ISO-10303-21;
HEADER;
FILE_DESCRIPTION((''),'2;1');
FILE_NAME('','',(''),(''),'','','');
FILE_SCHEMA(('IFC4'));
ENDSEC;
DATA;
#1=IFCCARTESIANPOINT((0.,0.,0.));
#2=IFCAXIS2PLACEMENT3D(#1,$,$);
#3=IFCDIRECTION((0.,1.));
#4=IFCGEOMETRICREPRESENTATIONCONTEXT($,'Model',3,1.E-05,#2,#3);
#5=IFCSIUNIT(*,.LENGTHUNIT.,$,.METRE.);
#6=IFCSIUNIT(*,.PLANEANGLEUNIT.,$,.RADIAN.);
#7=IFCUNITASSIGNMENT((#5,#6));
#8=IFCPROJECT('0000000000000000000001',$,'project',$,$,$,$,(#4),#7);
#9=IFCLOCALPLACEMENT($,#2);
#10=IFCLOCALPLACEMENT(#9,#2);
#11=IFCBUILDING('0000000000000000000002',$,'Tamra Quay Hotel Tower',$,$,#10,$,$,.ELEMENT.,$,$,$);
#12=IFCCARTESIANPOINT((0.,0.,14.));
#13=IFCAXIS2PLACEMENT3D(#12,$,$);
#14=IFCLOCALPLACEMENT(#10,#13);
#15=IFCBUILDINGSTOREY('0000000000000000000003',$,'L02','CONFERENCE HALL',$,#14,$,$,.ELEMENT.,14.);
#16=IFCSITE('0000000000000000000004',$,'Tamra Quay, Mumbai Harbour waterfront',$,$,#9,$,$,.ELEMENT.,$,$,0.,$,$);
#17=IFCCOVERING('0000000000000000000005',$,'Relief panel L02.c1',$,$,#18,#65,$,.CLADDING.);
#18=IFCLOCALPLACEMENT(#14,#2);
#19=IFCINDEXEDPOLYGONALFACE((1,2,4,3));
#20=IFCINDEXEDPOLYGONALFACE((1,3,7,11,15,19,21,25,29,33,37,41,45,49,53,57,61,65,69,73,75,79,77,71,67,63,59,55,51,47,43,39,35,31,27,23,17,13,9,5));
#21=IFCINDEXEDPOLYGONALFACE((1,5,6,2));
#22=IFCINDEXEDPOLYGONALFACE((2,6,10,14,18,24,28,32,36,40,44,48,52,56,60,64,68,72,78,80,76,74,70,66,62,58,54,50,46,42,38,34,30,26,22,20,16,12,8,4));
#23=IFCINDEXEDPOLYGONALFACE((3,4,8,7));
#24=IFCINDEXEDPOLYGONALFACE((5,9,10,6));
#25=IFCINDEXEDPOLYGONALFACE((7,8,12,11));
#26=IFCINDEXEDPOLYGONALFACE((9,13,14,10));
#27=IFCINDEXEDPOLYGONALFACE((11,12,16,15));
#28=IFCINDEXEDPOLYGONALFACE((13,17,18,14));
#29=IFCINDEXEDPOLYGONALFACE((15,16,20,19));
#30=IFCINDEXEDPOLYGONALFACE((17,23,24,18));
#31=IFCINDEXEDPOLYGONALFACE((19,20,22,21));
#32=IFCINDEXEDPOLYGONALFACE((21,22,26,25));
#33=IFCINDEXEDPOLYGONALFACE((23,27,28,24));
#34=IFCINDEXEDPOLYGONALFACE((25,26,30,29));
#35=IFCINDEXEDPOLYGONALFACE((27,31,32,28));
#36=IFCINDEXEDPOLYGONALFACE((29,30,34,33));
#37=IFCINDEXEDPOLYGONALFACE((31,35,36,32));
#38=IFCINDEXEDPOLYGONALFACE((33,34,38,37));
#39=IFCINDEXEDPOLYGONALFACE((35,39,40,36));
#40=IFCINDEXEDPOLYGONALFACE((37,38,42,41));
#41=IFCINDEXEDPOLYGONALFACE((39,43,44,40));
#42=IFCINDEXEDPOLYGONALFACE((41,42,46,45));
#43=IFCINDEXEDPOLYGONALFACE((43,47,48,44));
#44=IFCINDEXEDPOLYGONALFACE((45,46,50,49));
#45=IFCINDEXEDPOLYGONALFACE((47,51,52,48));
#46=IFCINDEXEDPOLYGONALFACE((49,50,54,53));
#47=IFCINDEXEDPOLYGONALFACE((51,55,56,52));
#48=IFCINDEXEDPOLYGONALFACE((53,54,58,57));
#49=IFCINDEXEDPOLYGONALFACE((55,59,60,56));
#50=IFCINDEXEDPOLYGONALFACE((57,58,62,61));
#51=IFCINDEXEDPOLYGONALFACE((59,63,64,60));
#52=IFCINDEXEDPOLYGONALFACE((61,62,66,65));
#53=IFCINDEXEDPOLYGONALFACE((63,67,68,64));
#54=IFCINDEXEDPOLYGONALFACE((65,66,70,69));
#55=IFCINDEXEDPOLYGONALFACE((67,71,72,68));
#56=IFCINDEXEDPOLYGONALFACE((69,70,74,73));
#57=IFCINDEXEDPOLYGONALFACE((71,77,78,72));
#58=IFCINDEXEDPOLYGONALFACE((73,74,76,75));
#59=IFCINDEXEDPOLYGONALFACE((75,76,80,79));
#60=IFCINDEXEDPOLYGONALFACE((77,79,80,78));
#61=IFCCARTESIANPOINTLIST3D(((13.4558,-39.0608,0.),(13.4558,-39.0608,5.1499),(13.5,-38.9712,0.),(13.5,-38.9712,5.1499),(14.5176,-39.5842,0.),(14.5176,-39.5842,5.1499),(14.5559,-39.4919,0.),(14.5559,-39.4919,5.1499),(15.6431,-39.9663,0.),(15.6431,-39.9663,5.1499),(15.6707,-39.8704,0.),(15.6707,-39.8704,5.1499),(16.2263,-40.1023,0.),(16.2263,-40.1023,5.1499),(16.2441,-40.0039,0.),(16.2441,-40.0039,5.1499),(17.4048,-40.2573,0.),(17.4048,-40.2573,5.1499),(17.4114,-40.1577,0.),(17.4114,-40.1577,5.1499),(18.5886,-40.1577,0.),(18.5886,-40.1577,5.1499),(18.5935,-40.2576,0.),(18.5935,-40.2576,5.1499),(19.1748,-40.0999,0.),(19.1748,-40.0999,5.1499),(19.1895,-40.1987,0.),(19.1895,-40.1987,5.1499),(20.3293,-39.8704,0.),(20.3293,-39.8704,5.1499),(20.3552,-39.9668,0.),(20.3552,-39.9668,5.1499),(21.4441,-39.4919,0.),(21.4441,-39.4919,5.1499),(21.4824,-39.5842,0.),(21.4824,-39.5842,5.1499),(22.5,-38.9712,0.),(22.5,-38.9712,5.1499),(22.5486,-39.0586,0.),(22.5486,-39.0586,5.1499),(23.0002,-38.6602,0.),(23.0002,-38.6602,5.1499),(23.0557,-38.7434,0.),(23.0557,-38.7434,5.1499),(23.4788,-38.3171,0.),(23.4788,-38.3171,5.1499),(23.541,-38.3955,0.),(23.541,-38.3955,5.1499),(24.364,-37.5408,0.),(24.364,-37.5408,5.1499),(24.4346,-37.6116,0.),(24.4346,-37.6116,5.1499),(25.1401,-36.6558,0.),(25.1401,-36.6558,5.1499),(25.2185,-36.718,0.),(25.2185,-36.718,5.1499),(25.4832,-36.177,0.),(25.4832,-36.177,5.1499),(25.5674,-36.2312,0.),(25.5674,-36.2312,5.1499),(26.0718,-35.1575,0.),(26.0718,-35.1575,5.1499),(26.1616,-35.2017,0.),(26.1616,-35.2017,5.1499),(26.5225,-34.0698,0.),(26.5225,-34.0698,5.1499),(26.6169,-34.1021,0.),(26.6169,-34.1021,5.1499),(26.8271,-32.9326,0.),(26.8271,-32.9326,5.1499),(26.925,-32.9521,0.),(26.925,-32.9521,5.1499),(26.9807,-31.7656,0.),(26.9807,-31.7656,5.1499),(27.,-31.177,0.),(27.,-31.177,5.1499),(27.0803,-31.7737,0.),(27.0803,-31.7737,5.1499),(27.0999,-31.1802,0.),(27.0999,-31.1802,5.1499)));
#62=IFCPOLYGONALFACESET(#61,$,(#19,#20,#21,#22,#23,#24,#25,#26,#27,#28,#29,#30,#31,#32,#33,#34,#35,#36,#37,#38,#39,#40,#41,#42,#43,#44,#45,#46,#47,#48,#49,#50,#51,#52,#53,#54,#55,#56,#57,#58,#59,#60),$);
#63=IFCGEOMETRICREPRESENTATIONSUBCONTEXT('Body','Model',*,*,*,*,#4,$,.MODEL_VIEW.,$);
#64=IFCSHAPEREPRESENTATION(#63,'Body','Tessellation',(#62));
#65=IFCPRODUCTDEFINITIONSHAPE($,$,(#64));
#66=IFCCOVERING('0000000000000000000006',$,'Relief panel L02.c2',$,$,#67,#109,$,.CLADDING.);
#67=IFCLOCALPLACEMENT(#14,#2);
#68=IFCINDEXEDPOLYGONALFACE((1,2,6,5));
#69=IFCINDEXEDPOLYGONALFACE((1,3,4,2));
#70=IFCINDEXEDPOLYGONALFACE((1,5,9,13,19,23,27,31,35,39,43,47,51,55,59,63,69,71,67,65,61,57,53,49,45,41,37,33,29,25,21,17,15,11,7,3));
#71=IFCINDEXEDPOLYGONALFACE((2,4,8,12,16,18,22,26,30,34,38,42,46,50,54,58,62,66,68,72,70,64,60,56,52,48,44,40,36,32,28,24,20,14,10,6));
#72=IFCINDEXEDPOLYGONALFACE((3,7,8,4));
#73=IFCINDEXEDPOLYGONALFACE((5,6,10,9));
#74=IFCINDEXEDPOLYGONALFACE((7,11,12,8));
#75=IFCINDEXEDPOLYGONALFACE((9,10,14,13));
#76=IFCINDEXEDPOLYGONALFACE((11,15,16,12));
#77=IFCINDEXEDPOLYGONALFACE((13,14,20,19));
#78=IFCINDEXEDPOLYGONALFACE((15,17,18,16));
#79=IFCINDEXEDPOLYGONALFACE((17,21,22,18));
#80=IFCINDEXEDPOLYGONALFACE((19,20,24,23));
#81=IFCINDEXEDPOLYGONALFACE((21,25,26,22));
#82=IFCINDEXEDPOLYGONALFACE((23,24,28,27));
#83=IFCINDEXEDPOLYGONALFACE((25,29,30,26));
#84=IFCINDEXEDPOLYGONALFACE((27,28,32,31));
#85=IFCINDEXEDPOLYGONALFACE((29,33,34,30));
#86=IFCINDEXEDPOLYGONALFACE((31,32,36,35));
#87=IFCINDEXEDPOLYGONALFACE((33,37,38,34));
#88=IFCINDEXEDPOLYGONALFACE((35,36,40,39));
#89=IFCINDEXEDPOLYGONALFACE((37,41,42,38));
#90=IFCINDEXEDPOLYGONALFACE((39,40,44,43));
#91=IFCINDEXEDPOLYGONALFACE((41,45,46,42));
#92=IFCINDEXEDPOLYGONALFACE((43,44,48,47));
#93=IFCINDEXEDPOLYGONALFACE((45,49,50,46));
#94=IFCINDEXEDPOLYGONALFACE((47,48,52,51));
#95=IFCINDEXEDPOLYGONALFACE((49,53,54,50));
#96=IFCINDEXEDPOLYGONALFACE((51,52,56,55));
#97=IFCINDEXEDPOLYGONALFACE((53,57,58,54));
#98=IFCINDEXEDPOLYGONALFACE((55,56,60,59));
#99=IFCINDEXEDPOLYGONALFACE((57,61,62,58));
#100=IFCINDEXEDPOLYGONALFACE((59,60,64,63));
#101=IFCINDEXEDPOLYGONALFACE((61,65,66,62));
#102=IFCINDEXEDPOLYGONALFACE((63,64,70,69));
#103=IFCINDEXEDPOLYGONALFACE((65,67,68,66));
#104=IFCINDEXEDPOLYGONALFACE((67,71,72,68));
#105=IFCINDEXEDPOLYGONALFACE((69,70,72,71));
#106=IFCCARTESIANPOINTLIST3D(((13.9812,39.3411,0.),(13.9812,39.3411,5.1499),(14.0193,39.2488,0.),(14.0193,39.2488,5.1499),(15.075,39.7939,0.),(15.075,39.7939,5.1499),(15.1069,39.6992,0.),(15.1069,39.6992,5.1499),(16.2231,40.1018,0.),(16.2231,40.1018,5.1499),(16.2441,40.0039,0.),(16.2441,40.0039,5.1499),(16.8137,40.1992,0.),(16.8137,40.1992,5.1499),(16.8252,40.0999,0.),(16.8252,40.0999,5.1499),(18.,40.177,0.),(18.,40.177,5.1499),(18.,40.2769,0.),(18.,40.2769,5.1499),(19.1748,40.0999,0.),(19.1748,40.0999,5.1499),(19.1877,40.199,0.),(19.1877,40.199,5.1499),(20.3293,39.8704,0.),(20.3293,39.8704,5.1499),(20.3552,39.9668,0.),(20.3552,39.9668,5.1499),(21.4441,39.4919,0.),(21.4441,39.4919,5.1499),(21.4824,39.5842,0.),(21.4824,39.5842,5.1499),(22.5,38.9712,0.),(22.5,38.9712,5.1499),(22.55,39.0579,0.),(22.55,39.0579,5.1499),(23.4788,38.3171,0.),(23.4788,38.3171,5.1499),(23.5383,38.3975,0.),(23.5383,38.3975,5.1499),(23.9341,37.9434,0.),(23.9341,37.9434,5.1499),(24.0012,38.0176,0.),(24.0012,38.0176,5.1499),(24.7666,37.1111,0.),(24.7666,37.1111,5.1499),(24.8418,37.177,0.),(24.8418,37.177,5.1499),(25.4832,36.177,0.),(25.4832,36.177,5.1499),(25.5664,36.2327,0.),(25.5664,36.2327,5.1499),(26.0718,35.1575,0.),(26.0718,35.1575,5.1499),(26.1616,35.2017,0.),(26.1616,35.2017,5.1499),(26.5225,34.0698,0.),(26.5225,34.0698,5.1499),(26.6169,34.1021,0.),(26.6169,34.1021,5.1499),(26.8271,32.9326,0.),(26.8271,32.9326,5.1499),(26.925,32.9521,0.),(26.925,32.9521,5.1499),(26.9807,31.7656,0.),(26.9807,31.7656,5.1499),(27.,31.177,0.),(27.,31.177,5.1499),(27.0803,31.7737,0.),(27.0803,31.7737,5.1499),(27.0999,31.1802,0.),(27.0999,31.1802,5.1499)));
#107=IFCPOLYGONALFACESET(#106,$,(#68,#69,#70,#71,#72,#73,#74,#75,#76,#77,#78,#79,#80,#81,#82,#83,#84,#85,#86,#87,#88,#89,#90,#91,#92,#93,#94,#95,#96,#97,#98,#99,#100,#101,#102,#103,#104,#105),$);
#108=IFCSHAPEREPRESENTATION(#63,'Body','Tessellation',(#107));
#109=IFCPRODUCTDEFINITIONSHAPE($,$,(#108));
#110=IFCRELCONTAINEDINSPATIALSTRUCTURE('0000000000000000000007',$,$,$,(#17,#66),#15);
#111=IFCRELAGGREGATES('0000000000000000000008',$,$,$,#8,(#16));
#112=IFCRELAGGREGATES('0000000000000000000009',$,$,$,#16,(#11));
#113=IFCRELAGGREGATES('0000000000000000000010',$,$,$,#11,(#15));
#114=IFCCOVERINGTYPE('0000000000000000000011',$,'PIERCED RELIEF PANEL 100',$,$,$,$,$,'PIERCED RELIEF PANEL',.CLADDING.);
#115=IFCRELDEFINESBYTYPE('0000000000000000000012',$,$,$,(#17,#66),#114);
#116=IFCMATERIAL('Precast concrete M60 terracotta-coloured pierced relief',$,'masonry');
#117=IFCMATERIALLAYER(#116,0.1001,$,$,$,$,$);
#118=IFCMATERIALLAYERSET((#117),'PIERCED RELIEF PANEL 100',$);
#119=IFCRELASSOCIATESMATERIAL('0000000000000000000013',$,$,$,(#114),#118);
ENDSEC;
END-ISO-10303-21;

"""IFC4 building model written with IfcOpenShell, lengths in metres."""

from ifc_helpers import new_model, si_unit, direction, frame, origin, place, context, subcontext, project, spatial, polyline, outline, extrude, material, layer, layer_set, type_object, element, save


model = new_model("IFC4")

# Units and contexts
model_context = context("Model", 3, precision=1e-05, world=origin(), true_north=direction((0.0, 1.0)))
body_context = subcontext(model_context, "Body", "Model", "MODEL_VIEW")
ifc_project = project(units=[si_unit("LENGTHUNIT", "METRE"), si_unit("PLANEANGLEUNIT", "RADIAN")], contexts=[model_context])

# Site, building, storey
site_placement = place(None, origin())
site = spatial("IfcSite", under=ifc_project, at=site_placement, Name="Tamra Quay, Mumbai Harbour waterfront", CompositionType="ELEMENT", RefElevation=0.0)
building_placement = place(site_placement, origin())
building = spatial("IfcBuilding", under=site, at=building_placement, Name="Tamra Quay Hotel Tower", CompositionType="ELEMENT")
storey_placement = place(building_placement, frame((0.0, 0.0, 14.0)))
storey = spatial("IfcBuildingStorey", under=building, at=storey_placement, Name="L02", Description="CONFERENCE HALL", CompositionType="ELEMENT", Elevation=14.0)

# Coverings
ifc_material_1 = material(Name="Precast concrete M60 terracotta-coloured pierced relief", Category="masonry")
ifc_layer_1 = layer(ifc_material_1, 0.1001)
ifc_layer_set_1 = layer_set([ifc_layer_1], Name="PIERCED RELIEF PANEL 100")
covering_type = type_object("IfcCoveringType", Name="PIERCED RELIEF PANEL 100", ElementType="PIERCED RELIEF PANEL", PredefinedType="CLADDING", material=ifc_layer_set_1)
covering_1_placement = place(storey_placement, origin())
element("IfcCovering", 1, at=covering_1_placement, inside=storey, type_object=covering_type, Name="Relief panel L02.c1", PredefinedType="CLADDING", context=body_context, shape_type="SweptSolid", body=[
    extrude(outline(polyline([(13.5, -38.9712), (14.5559, -39.4919), (15.6707, -39.8704), (16.2441, -40.0039), (17.4114, -40.1577), (18.5886, -40.1577), (19.1748, -40.0999), (20.3293, -39.8704), (21.4441, -39.4919), (22.5, -38.9712), (23.0002, -38.6602), (23.4788, -38.3171), (24.364, -37.5408), (25.1401, -36.6558), (25.4832, -36.177), (26.0718, -35.1575), (26.5225, -34.0698), (26.8271, -32.9326), (26.9807, -31.7656), (27.0, -31.177), (27.0999, -31.1802), (27.0803, -31.7737), (26.925, -32.9521), (26.6169, -34.1021), (26.1616, -35.2017), (25.5674, -36.2312), (25.2185, -36.718), (24.4346, -37.6116), (23.541, -38.3955), (23.0557, -38.7434), (22.5486, -39.0586), (21.4824, -39.5842), (20.3552, -39.9668), (19.1895, -40.1987), (18.5935, -40.2576), (17.4048, -40.2573), (16.2263, -40.1023), (15.6431, -39.9663), (14.5176, -39.5842), (13.4558, -39.0608), (13.5, -38.9712)])), origin(), (0.0, 0.0, 1.0), 5.1499),
])
covering_2_placement = place(storey_placement, origin())
element("IfcCovering", 2, at=covering_2_placement, inside=storey, type_object=covering_type, Name="Relief panel L02.c2", PredefinedType="CLADDING", context=body_context, shape_type="SweptSolid", body=[
    extrude(outline(polyline([(27.0, 31.177), (26.9807, 31.7656), (26.8271, 32.9326), (26.5225, 34.0698), (26.0718, 35.1575), (25.4832, 36.177), (24.7666, 37.1111), (23.9341, 37.9434), (23.4788, 38.3171), (22.5, 38.9712), (21.4441, 39.4919), (20.3293, 39.8704), (19.1748, 40.0999), (18.0, 40.177), (16.8252, 40.0999), (16.2441, 40.0039), (15.1069, 39.6992), (14.0193, 39.2488), (13.9812, 39.3411), (15.075, 39.7939), (16.2231, 40.1018), (16.8137, 40.1992), (18.0, 40.2769), (19.1877, 40.199), (20.3552, 39.9668), (21.4824, 39.5842), (22.55, 39.0579), (23.5383, 38.3975), (24.0012, 38.0176), (24.8418, 37.177), (25.5664, 36.2327), (26.1616, 35.2017), (26.6169, 34.1021), (26.925, 32.9521), (27.0803, 31.7737), (27.0999, 31.1802), (27.0, 31.177)])), origin(), (0.0, 0.0, 1.0), 5.1499),
])

save(model, "model.ifc")
